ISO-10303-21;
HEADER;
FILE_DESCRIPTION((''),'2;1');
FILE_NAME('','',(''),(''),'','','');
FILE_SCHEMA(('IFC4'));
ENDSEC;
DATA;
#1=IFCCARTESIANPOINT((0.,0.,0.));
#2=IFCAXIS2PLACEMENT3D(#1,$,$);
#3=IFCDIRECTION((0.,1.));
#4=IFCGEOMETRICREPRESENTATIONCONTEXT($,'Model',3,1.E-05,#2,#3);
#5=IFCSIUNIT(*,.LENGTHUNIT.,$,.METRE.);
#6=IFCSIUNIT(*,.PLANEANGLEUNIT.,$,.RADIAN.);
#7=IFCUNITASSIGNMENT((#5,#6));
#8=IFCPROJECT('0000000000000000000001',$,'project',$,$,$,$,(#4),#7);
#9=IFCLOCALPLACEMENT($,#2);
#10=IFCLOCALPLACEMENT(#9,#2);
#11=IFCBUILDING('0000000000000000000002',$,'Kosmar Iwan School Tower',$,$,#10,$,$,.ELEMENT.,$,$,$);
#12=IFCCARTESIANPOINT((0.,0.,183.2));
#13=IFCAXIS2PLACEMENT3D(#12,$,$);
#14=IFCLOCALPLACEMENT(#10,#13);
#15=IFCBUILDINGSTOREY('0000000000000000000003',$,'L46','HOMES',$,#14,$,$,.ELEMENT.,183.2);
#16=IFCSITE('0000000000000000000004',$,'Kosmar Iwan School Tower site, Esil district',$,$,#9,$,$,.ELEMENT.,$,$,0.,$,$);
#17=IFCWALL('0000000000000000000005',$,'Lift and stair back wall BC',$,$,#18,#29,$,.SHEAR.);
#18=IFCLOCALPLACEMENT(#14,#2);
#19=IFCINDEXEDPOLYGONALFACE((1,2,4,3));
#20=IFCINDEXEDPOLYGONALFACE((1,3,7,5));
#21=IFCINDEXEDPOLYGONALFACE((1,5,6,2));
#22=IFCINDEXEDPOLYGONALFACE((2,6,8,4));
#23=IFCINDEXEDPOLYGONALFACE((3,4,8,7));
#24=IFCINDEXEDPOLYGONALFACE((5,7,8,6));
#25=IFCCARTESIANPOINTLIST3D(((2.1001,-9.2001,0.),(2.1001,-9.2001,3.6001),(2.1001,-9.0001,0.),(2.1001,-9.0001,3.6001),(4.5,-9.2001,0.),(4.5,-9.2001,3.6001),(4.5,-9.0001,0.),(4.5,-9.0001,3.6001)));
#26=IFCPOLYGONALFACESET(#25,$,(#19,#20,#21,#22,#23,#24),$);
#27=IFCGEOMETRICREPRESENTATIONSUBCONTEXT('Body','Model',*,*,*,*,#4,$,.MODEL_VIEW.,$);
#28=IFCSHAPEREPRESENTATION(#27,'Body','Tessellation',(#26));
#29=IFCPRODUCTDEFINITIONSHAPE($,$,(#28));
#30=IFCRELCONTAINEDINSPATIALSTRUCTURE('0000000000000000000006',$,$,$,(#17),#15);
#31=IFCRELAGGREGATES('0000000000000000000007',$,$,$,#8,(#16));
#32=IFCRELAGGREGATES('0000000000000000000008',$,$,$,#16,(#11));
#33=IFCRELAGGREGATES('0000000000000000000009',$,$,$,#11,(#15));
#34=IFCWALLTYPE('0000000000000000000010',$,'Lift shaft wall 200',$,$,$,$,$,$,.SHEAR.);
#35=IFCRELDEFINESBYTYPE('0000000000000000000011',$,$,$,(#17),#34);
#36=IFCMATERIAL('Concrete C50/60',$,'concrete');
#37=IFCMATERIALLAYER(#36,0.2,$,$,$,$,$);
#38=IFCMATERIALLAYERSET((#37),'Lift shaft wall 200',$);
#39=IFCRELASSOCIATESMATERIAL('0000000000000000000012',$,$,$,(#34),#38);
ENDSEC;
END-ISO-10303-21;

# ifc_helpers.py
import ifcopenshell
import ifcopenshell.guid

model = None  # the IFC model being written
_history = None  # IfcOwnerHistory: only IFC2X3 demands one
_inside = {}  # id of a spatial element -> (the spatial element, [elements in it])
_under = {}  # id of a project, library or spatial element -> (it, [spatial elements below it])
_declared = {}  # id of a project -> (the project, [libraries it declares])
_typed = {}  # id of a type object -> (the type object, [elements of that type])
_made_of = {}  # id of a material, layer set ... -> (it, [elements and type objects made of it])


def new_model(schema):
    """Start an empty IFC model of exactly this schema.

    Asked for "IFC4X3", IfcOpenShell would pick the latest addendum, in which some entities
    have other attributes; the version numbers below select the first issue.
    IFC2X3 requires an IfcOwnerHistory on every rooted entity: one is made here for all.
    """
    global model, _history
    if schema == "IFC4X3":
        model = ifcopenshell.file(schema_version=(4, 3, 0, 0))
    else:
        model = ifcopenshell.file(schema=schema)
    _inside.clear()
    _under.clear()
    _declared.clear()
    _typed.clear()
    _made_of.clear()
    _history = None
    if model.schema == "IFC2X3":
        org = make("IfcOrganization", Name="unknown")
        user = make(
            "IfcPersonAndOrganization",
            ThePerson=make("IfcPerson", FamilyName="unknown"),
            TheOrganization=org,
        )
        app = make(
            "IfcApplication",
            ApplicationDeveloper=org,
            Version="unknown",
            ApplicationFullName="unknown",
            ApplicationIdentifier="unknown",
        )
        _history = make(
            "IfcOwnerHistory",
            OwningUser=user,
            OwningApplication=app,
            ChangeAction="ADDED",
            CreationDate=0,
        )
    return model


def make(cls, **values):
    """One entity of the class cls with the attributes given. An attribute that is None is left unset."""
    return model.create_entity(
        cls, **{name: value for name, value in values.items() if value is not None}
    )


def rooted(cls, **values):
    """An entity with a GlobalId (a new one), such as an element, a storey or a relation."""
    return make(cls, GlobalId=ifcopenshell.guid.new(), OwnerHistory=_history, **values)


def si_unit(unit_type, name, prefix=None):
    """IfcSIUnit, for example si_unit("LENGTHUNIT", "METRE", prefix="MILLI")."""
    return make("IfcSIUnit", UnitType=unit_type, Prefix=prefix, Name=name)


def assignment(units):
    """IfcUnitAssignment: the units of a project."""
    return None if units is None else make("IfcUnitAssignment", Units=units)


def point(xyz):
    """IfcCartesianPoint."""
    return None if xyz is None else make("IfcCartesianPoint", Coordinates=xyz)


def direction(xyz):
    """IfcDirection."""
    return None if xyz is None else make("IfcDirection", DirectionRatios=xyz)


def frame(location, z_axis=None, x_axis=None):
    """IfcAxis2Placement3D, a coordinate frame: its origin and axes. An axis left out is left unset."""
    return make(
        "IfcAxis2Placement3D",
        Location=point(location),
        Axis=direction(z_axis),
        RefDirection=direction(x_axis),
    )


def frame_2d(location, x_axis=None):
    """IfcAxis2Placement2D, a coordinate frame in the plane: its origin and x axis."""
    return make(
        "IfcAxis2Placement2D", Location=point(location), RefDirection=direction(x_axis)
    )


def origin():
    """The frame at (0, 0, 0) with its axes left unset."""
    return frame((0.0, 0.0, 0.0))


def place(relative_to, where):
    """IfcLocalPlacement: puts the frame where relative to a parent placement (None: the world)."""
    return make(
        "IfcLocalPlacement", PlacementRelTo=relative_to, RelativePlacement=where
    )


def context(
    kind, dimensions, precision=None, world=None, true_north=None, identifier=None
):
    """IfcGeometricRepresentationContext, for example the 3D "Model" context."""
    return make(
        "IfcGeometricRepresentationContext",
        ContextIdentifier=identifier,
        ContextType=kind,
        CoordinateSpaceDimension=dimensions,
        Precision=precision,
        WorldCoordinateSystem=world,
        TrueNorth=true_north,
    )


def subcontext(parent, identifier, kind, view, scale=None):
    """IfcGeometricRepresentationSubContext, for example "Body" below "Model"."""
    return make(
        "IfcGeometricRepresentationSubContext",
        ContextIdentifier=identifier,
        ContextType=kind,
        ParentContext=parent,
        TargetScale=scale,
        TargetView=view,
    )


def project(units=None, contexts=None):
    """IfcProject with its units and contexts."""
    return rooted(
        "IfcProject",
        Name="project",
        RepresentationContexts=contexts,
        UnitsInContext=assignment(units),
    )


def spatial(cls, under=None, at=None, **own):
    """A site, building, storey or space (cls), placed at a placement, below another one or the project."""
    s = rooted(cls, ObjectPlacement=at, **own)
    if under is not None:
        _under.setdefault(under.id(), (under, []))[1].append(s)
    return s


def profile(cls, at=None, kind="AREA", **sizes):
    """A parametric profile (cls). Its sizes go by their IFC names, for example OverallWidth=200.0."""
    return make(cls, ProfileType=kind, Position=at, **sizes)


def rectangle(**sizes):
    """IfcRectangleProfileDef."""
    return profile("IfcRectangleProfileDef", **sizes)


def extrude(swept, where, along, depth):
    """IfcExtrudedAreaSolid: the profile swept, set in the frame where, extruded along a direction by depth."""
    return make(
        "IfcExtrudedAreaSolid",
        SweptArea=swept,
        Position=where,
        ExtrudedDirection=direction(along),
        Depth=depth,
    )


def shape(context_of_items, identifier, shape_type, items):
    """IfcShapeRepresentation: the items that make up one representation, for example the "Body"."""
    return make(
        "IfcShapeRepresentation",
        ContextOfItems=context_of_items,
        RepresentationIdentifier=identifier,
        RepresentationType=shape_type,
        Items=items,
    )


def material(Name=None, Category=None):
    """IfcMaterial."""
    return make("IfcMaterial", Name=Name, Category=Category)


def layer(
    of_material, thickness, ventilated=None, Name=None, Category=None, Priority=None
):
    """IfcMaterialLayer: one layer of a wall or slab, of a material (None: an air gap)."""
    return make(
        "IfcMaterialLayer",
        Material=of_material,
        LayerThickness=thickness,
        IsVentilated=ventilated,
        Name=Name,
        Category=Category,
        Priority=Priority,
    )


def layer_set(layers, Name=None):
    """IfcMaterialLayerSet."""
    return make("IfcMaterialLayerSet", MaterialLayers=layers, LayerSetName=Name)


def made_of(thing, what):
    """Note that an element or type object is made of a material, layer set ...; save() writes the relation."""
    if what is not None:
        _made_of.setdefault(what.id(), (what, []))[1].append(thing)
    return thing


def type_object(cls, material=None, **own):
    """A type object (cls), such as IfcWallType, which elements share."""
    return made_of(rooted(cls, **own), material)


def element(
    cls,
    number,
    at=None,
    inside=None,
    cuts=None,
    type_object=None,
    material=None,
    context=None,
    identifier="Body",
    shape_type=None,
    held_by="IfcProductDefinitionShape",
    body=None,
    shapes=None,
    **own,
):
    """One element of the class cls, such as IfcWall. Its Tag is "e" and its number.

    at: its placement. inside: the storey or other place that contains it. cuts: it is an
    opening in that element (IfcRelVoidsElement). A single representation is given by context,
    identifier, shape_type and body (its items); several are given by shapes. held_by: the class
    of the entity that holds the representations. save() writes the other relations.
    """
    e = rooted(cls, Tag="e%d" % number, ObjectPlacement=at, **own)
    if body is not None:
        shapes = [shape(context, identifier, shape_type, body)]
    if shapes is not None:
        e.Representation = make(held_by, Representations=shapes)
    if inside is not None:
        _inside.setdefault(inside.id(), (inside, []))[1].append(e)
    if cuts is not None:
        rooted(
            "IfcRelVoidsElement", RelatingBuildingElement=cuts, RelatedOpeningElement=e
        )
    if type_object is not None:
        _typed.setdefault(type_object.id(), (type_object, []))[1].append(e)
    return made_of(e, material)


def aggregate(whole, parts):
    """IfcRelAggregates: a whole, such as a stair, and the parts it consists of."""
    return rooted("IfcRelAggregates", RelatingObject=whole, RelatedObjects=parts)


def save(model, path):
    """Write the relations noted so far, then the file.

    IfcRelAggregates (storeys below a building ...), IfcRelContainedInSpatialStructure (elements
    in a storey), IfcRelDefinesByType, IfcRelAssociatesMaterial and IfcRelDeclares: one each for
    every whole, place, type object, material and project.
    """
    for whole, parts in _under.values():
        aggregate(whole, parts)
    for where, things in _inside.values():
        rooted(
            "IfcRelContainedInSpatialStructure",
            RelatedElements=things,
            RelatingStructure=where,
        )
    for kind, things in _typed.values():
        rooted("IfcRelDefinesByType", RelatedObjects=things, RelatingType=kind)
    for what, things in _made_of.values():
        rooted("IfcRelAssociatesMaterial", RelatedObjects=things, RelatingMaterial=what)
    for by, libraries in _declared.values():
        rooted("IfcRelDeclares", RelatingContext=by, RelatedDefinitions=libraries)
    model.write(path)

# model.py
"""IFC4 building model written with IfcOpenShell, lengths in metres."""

from ifc_helpers import new_model, si_unit, direction, frame, frame_2d, origin, place, context, subcontext, project, spatial, rectangle, extrude, material, layer, layer_set, type_object, element, save


model = new_model("IFC4")

# Units and contexts
model_context = context("Model", 3, precision=1e-05, world=origin(), true_north=direction((0.0, 1.0)))
body_context = subcontext(model_context, "Body", "Model", "MODEL_VIEW")
ifc_project = project(units=[si_unit("LENGTHUNIT", "METRE"), si_unit("PLANEANGLEUNIT", "RADIAN")], contexts=[model_context])

# Site, building, storey
site_placement = place(None, origin())
site = spatial("IfcSite", under=ifc_project, at=site_placement, Name="Kosmar Iwan School Tower site, Esil district", CompositionType="ELEMENT", RefElevation=0.0)
building_placement = place(site_placement, origin())
building = spatial("IfcBuilding", under=site, at=building_placement, Name="Kosmar Iwan School Tower", CompositionType="ELEMENT")
storey_placement = place(building_placement, frame((0.0, 0.0, 183.2)))
storey = spatial("IfcBuildingStorey", under=building, at=storey_placement, Name="L46", Description="HOMES", CompositionType="ELEMENT", Elevation=183.2)

# Wall
ifc_material_1 = material(Name="Concrete C50/60", Category="concrete")
ifc_layer_1 = layer(ifc_material_1, 0.2)
ifc_layer_set_1 = layer_set([ifc_layer_1], Name="Lift shaft wall 200")
wall_type_1 = type_object("IfcWallType", Name="Lift shaft wall 200", PredefinedType="SHEAR", material=ifc_layer_set_1)
wall_1_placement = place(storey_placement, frame((2.1001, -9.1001, 0.0), z_axis=(0.0, 0.0, 1.0), x_axis=(1.0, 0.0, 0.0)))
element("IfcWall", 1, at=wall_1_placement, inside=storey, type_object=wall_type_1, Name="Lift and stair back wall BC", PredefinedType="SHEAR", context=body_context, shape_type="SweptSolid", body=[
    extrude(rectangle(XDim=2.3999, YDim=0.2, at=frame_2d((1.2, 0.0))), origin(), (0.0, 0.0, 1.0), 3.6001),
])

save(model, "model.ifc")
